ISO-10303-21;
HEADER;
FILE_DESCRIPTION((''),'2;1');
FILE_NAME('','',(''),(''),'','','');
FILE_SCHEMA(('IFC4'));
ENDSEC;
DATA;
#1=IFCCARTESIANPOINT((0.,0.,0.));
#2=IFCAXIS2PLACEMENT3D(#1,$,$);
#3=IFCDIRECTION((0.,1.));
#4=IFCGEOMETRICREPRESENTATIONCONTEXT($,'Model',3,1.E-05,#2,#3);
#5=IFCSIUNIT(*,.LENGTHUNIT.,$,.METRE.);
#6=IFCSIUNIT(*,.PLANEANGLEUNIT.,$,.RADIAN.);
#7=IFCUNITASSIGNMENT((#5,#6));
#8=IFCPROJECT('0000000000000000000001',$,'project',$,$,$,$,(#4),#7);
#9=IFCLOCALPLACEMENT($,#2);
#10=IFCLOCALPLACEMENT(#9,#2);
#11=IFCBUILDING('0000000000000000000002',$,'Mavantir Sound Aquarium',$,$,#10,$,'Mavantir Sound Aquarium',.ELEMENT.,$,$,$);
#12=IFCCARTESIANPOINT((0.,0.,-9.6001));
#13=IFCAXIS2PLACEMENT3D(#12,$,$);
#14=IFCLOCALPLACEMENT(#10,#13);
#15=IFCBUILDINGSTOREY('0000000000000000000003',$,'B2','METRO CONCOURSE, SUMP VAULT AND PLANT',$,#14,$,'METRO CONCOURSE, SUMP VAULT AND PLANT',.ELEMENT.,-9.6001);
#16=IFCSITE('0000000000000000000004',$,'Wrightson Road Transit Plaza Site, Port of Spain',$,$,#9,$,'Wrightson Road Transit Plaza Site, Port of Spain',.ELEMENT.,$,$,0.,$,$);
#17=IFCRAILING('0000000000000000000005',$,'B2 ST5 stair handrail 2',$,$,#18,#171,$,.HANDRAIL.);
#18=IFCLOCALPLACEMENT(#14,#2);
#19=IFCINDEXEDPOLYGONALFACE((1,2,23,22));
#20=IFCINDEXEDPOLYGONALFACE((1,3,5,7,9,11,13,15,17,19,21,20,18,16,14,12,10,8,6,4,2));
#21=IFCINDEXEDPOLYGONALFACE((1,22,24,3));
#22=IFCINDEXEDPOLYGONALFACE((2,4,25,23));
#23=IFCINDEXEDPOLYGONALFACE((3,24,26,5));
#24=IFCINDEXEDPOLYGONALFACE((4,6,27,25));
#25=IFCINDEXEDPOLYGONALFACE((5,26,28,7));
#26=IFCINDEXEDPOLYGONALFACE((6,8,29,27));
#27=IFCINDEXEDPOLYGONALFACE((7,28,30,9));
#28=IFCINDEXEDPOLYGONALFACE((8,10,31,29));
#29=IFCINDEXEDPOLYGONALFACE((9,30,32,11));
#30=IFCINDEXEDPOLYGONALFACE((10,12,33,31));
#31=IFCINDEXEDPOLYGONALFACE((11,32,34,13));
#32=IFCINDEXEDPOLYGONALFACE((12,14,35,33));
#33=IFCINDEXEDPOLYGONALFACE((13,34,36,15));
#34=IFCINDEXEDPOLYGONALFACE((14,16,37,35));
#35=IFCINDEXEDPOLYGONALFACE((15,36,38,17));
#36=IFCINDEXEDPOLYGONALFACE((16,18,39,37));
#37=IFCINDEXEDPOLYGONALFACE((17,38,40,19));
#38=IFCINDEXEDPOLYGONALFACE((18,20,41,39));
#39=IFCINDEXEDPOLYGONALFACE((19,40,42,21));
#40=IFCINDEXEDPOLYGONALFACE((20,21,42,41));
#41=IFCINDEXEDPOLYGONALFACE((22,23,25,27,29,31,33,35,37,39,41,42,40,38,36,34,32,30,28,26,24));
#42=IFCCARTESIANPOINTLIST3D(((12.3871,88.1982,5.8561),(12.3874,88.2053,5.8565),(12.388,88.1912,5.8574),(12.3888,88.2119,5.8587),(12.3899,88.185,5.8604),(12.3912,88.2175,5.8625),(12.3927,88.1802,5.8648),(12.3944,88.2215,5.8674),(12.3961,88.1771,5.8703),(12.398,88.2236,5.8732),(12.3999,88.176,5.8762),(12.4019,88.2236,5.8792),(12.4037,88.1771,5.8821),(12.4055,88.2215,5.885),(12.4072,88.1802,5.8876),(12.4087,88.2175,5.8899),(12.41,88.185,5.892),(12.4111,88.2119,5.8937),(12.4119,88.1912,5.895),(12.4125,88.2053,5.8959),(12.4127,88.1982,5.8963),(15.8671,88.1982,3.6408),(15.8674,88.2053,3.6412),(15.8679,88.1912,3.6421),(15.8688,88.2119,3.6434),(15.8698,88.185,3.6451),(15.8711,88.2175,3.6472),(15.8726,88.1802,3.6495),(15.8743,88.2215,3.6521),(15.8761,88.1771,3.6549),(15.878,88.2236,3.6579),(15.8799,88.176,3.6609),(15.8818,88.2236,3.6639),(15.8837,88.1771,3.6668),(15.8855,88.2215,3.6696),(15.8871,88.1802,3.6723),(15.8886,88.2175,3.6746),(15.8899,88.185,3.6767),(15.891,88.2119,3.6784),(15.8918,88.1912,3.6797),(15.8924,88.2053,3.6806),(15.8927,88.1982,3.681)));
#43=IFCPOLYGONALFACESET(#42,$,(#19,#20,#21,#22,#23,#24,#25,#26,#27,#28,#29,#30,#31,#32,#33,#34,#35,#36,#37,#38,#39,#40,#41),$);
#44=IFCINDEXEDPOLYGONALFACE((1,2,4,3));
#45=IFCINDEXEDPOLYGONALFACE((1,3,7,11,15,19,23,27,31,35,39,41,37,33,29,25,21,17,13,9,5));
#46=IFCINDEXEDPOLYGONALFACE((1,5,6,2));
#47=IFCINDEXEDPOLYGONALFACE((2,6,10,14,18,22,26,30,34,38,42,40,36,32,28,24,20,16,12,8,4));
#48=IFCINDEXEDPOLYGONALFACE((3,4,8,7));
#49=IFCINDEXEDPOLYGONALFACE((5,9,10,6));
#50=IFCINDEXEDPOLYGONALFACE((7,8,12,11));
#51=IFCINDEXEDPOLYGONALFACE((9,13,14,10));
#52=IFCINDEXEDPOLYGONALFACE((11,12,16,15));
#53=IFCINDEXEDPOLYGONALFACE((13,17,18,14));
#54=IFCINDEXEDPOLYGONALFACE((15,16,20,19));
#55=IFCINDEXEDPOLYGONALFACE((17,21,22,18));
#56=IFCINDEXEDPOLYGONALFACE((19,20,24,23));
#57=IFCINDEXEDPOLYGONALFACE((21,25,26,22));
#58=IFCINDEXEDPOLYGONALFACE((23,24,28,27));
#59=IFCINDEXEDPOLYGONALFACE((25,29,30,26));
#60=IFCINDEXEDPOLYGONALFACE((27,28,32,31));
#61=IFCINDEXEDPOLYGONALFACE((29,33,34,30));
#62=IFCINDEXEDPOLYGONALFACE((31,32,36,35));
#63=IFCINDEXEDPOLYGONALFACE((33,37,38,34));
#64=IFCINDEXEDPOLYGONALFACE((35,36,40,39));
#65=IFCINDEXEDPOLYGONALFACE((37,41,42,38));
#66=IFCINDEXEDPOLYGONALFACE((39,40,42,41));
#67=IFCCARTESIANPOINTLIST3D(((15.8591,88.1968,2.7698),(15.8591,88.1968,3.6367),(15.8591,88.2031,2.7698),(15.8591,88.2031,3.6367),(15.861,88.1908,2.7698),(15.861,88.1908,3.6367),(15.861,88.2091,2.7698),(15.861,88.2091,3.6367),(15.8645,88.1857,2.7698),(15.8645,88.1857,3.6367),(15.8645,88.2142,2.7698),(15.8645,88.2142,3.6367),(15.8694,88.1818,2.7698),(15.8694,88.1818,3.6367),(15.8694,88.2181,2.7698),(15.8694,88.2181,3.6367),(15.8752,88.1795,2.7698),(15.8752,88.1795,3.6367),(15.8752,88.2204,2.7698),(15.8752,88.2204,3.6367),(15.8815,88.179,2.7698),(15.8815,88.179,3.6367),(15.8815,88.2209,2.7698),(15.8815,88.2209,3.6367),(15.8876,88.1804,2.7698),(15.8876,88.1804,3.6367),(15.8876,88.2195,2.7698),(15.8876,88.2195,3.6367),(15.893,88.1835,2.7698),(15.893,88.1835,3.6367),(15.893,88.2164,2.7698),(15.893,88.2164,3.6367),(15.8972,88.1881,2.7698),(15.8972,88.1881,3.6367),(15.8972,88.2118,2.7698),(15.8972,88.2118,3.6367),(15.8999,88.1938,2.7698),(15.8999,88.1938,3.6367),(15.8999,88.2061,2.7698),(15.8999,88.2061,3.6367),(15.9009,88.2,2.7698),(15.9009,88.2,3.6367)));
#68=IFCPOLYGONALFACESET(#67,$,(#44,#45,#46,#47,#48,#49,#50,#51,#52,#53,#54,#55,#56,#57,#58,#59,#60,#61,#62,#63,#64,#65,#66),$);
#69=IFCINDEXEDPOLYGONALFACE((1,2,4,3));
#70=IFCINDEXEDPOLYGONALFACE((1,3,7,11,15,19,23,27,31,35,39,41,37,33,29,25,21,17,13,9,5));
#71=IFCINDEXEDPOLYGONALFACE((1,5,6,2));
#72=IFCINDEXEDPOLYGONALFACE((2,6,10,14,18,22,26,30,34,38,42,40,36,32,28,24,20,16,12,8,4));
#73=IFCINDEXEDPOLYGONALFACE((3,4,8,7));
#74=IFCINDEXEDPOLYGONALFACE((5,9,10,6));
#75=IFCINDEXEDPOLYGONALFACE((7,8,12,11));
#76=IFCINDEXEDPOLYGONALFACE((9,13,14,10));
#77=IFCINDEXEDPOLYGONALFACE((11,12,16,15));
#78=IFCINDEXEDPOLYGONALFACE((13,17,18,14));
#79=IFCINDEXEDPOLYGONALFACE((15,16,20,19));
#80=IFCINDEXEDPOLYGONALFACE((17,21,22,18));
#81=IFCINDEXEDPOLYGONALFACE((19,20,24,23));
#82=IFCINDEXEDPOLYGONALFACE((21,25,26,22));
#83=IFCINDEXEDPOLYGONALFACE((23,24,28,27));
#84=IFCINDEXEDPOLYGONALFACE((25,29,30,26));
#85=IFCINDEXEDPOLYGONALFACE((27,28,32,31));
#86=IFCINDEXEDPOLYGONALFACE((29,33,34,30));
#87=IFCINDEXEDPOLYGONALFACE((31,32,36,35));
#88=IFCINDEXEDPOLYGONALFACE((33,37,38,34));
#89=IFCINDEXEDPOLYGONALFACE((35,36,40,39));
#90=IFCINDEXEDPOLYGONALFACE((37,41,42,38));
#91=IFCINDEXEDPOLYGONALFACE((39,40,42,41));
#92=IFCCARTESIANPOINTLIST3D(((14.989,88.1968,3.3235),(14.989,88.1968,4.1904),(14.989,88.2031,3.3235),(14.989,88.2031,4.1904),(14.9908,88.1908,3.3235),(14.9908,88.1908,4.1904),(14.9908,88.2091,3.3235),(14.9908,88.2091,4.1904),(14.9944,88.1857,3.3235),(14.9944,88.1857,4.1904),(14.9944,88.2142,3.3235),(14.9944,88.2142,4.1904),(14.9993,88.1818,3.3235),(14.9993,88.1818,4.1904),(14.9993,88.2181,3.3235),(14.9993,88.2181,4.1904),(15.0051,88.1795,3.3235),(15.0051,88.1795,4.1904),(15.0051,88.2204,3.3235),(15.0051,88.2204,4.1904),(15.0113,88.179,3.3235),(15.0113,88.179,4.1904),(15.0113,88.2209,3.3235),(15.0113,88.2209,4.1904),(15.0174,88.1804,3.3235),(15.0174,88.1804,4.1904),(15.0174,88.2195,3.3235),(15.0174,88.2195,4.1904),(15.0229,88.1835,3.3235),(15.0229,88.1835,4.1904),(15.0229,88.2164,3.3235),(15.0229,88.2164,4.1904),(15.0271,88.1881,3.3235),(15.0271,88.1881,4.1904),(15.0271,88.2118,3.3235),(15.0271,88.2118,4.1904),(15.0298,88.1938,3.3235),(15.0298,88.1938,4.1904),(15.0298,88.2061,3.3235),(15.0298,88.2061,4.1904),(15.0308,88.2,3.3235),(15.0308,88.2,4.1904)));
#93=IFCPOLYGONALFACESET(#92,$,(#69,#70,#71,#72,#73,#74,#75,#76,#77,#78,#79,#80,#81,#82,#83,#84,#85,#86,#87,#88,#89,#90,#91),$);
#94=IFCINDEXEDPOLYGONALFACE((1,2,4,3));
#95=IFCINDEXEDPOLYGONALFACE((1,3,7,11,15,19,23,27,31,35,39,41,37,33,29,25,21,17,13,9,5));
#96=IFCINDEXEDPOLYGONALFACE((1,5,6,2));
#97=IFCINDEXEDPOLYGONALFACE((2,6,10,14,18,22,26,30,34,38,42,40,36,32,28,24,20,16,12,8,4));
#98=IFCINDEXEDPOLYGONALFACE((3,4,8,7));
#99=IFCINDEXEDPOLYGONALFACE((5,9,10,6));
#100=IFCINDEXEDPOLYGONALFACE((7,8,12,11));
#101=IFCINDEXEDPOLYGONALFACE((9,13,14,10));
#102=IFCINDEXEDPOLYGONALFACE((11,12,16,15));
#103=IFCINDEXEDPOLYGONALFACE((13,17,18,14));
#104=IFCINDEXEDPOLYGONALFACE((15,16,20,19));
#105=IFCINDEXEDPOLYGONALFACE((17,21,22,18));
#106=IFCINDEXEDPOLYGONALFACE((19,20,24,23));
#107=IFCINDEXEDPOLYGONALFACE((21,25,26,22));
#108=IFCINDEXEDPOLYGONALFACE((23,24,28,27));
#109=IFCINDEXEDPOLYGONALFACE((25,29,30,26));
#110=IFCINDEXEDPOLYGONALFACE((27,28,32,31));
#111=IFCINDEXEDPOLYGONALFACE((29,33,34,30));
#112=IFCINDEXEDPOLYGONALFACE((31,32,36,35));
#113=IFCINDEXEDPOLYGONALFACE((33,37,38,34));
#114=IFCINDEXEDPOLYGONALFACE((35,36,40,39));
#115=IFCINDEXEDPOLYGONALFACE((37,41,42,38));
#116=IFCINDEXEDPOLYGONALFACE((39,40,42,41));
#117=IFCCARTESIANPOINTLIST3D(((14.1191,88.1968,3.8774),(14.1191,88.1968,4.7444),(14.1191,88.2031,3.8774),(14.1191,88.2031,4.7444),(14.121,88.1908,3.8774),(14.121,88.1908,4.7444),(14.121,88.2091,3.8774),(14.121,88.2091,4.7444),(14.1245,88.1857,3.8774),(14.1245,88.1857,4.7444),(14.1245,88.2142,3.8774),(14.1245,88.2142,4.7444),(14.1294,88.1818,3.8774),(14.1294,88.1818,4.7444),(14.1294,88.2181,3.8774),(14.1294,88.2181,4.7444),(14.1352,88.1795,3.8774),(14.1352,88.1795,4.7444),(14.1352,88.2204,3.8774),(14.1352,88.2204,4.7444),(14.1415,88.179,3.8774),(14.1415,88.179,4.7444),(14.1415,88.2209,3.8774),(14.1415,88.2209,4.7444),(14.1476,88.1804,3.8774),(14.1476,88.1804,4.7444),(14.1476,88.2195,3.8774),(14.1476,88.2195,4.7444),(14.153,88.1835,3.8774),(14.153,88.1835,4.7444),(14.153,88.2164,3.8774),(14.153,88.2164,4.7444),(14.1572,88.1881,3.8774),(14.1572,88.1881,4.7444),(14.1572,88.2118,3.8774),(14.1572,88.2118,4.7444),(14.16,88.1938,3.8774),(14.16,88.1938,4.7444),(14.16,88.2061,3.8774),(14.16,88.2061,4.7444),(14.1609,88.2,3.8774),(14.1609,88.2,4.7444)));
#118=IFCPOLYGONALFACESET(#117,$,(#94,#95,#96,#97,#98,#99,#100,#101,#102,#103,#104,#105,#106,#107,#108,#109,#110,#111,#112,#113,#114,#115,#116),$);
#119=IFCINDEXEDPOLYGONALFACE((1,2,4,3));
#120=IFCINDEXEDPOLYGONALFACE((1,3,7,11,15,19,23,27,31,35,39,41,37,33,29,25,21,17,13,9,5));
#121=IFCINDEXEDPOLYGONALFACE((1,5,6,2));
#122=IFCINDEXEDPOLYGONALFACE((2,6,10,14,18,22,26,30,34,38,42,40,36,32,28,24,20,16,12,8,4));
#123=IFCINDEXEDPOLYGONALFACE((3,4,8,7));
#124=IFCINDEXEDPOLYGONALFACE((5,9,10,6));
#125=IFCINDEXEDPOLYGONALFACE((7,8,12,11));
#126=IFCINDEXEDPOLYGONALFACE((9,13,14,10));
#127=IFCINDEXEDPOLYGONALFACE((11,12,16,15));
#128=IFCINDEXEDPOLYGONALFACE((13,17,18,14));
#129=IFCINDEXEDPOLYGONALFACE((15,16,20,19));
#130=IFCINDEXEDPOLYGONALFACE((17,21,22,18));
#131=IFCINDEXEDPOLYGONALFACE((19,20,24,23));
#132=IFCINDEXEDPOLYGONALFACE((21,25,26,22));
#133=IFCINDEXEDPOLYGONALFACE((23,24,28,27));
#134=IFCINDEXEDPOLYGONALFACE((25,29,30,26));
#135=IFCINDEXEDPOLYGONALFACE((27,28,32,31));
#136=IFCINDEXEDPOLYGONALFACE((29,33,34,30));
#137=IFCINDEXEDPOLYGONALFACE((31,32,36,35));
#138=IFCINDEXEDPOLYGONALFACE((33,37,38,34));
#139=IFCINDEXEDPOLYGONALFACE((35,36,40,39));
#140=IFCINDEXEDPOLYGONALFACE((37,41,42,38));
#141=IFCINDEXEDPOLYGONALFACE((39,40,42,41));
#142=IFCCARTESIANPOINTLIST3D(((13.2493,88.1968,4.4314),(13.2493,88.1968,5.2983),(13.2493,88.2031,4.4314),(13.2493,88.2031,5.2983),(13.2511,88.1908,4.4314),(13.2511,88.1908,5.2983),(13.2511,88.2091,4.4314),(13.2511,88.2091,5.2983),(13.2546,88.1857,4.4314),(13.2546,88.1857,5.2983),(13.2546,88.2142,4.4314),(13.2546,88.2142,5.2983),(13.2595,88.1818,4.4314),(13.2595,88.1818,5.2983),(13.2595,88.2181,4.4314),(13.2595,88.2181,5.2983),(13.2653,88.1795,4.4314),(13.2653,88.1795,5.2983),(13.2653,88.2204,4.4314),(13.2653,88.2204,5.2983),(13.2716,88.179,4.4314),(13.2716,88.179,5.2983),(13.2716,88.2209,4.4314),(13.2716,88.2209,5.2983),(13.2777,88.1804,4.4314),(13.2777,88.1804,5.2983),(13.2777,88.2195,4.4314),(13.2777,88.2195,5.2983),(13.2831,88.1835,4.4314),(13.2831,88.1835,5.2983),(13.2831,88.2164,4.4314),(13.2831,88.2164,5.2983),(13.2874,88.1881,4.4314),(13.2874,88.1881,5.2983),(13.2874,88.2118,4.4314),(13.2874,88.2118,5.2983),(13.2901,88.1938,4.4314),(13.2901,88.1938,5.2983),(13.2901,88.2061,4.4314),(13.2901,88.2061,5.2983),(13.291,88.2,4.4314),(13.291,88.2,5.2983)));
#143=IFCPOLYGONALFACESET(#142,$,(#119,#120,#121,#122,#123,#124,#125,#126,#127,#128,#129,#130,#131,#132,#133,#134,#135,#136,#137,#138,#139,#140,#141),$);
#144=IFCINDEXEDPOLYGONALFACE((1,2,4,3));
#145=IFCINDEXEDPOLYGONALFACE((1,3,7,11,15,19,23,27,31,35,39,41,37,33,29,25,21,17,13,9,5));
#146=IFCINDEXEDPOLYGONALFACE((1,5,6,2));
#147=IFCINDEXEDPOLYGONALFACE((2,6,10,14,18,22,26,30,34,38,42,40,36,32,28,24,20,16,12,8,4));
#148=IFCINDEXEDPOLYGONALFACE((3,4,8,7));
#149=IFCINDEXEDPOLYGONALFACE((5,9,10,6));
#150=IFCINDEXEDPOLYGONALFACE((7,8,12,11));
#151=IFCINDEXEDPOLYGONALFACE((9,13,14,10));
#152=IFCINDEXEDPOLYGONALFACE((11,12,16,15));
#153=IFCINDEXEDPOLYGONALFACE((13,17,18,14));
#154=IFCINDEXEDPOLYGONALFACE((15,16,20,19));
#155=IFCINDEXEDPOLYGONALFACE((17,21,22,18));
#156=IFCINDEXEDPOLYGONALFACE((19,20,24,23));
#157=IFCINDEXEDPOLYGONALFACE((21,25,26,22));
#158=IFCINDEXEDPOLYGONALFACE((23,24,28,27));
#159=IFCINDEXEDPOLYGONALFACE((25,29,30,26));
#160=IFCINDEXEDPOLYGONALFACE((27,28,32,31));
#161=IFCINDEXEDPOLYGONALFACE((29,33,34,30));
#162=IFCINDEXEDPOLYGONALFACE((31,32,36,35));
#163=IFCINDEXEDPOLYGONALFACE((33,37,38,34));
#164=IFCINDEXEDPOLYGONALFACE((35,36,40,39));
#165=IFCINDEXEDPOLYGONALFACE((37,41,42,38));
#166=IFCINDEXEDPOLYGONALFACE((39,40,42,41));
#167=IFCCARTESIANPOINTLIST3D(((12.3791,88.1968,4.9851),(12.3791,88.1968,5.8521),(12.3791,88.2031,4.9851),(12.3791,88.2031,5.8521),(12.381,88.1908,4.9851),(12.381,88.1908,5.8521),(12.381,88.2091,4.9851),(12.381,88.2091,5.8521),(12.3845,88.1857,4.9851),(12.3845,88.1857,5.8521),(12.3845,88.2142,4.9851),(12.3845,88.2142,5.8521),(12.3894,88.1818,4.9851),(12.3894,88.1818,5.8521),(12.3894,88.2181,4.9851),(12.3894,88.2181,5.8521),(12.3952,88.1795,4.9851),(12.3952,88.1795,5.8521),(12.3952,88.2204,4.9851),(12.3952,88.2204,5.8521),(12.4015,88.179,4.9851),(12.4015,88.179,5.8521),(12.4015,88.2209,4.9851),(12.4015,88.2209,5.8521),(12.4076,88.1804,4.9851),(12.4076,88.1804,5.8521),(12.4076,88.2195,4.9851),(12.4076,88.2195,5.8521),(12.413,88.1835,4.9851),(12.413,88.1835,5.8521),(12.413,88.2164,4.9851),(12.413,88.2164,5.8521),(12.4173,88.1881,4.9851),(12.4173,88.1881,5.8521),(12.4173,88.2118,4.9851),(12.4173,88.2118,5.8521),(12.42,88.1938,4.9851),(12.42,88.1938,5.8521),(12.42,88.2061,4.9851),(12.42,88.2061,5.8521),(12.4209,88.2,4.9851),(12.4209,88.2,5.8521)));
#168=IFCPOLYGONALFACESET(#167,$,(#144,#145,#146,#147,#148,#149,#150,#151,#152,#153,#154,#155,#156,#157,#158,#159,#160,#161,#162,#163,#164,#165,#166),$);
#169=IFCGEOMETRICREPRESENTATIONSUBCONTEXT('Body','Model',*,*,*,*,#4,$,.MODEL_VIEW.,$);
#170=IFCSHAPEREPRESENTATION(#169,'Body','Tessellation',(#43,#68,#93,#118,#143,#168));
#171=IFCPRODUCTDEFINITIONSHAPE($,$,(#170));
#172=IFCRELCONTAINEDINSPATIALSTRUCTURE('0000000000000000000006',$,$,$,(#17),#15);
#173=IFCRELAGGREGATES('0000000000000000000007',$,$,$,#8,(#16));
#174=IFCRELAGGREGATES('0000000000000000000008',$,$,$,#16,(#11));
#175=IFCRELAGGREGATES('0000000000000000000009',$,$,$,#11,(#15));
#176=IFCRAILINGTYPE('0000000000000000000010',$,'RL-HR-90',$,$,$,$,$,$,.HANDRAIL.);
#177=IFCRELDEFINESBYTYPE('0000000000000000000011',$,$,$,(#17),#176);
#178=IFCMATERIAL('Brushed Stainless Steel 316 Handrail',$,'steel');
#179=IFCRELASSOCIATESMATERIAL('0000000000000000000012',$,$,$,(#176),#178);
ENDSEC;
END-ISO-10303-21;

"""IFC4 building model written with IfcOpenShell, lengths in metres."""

from ifc_helpers import new_model, si_unit, direction, frame, origin, origin_2d, place, context, subcontext, project, spatial, circle, extrude, material, type_object, element, save


model = new_model("IFC4")

# Units and contexts
model_context = context("Model", 3, precision=1e-05, world=origin(), true_north=direction((0.0, 1.0)))
body_context = subcontext(model_context, "Body", "Model", "MODEL_VIEW")
ifc_project = project(units=[si_unit("LENGTHUNIT", "METRE"), si_unit("PLANEANGLEUNIT", "RADIAN")], contexts=[model_context])

# Site, building, storey
site_placement = place(None, origin())
site = spatial("IfcSite", under=ifc_project, at=site_placement, Name="Wrightson Road Transit Plaza Site, Port of Spain", LongName="Wrightson Road Transit Plaza Site, Port of Spain", CompositionType="ELEMENT", RefElevation=0.0)
building_placement = place(site_placement, origin())
building = spatial("IfcBuilding", under=site, at=building_placement, Name="Mavantir Sound Aquarium", LongName="Mavantir Sound Aquarium", CompositionType="ELEMENT")
storey_placement = place(building_placement, frame((0.0, 0.0, -9.6001)))
storey = spatial("IfcBuildingStorey", under=building, at=storey_placement, Name="B2", Description="METRO CONCOURSE, SUMP VAULT AND PLANT", LongName="METRO CONCOURSE, SUMP VAULT AND PLANT", CompositionType="ELEMENT", Elevation=-9.6001)

# Railing
ifc_material_1 = material(Name="Brushed Stainless Steel 316 Handrail", Category="steel")
railing_type = type_object("IfcRailingType", Name="RL-HR-90", PredefinedType="HANDRAIL", material=ifc_material_1)
railing_placement = place(storey_placement, frame((15.8799, 88.2, 2.7698)))
element("IfcRailing", 1, at=railing_placement, inside=storey, type_object=railing_type, Name="B2 ST5 stair handrail 2", PredefinedType="HANDRAIL", context=body_context, shape_type="SweptSolid", body=[
    extrude(circle(Radius=0.0239, at=origin_2d()), frame((0.0, 0.0, 0.8911), z_axis=(-0.843574, 0.0, 0.537013), x_axis=(0.0, -1.0, 0.0)), (0.0, 0.0, 1.0), 4.1252),
    extrude(circle(Radius=0.021, at=origin_2d()), origin(), (0.0, 0.0, 1.0), 0.8669),
    extrude(circle(Radius=0.021, at=origin_2d()), frame((-0.8701, 0.0, 0.5537)), (0.0, 0.0, 1.0), 0.8669),
    extrude(circle(Radius=0.021, at=origin_2d()), frame((-1.74, 0.0, 1.1077)), (0.0, 0.0, 1.0), 0.8669),
    extrude(circle(Radius=0.021, at=origin_2d()), frame((-2.6099, 0.0, 1.6616)), (0.0, 0.0, 1.0), 0.8669),
    extrude(circle(Radius=0.021, at=origin_2d()), frame((-3.48, 0.0, 2.2153)), (0.0, 0.0, 1.0), 0.8669),
])

save(model, "model.ifc")
